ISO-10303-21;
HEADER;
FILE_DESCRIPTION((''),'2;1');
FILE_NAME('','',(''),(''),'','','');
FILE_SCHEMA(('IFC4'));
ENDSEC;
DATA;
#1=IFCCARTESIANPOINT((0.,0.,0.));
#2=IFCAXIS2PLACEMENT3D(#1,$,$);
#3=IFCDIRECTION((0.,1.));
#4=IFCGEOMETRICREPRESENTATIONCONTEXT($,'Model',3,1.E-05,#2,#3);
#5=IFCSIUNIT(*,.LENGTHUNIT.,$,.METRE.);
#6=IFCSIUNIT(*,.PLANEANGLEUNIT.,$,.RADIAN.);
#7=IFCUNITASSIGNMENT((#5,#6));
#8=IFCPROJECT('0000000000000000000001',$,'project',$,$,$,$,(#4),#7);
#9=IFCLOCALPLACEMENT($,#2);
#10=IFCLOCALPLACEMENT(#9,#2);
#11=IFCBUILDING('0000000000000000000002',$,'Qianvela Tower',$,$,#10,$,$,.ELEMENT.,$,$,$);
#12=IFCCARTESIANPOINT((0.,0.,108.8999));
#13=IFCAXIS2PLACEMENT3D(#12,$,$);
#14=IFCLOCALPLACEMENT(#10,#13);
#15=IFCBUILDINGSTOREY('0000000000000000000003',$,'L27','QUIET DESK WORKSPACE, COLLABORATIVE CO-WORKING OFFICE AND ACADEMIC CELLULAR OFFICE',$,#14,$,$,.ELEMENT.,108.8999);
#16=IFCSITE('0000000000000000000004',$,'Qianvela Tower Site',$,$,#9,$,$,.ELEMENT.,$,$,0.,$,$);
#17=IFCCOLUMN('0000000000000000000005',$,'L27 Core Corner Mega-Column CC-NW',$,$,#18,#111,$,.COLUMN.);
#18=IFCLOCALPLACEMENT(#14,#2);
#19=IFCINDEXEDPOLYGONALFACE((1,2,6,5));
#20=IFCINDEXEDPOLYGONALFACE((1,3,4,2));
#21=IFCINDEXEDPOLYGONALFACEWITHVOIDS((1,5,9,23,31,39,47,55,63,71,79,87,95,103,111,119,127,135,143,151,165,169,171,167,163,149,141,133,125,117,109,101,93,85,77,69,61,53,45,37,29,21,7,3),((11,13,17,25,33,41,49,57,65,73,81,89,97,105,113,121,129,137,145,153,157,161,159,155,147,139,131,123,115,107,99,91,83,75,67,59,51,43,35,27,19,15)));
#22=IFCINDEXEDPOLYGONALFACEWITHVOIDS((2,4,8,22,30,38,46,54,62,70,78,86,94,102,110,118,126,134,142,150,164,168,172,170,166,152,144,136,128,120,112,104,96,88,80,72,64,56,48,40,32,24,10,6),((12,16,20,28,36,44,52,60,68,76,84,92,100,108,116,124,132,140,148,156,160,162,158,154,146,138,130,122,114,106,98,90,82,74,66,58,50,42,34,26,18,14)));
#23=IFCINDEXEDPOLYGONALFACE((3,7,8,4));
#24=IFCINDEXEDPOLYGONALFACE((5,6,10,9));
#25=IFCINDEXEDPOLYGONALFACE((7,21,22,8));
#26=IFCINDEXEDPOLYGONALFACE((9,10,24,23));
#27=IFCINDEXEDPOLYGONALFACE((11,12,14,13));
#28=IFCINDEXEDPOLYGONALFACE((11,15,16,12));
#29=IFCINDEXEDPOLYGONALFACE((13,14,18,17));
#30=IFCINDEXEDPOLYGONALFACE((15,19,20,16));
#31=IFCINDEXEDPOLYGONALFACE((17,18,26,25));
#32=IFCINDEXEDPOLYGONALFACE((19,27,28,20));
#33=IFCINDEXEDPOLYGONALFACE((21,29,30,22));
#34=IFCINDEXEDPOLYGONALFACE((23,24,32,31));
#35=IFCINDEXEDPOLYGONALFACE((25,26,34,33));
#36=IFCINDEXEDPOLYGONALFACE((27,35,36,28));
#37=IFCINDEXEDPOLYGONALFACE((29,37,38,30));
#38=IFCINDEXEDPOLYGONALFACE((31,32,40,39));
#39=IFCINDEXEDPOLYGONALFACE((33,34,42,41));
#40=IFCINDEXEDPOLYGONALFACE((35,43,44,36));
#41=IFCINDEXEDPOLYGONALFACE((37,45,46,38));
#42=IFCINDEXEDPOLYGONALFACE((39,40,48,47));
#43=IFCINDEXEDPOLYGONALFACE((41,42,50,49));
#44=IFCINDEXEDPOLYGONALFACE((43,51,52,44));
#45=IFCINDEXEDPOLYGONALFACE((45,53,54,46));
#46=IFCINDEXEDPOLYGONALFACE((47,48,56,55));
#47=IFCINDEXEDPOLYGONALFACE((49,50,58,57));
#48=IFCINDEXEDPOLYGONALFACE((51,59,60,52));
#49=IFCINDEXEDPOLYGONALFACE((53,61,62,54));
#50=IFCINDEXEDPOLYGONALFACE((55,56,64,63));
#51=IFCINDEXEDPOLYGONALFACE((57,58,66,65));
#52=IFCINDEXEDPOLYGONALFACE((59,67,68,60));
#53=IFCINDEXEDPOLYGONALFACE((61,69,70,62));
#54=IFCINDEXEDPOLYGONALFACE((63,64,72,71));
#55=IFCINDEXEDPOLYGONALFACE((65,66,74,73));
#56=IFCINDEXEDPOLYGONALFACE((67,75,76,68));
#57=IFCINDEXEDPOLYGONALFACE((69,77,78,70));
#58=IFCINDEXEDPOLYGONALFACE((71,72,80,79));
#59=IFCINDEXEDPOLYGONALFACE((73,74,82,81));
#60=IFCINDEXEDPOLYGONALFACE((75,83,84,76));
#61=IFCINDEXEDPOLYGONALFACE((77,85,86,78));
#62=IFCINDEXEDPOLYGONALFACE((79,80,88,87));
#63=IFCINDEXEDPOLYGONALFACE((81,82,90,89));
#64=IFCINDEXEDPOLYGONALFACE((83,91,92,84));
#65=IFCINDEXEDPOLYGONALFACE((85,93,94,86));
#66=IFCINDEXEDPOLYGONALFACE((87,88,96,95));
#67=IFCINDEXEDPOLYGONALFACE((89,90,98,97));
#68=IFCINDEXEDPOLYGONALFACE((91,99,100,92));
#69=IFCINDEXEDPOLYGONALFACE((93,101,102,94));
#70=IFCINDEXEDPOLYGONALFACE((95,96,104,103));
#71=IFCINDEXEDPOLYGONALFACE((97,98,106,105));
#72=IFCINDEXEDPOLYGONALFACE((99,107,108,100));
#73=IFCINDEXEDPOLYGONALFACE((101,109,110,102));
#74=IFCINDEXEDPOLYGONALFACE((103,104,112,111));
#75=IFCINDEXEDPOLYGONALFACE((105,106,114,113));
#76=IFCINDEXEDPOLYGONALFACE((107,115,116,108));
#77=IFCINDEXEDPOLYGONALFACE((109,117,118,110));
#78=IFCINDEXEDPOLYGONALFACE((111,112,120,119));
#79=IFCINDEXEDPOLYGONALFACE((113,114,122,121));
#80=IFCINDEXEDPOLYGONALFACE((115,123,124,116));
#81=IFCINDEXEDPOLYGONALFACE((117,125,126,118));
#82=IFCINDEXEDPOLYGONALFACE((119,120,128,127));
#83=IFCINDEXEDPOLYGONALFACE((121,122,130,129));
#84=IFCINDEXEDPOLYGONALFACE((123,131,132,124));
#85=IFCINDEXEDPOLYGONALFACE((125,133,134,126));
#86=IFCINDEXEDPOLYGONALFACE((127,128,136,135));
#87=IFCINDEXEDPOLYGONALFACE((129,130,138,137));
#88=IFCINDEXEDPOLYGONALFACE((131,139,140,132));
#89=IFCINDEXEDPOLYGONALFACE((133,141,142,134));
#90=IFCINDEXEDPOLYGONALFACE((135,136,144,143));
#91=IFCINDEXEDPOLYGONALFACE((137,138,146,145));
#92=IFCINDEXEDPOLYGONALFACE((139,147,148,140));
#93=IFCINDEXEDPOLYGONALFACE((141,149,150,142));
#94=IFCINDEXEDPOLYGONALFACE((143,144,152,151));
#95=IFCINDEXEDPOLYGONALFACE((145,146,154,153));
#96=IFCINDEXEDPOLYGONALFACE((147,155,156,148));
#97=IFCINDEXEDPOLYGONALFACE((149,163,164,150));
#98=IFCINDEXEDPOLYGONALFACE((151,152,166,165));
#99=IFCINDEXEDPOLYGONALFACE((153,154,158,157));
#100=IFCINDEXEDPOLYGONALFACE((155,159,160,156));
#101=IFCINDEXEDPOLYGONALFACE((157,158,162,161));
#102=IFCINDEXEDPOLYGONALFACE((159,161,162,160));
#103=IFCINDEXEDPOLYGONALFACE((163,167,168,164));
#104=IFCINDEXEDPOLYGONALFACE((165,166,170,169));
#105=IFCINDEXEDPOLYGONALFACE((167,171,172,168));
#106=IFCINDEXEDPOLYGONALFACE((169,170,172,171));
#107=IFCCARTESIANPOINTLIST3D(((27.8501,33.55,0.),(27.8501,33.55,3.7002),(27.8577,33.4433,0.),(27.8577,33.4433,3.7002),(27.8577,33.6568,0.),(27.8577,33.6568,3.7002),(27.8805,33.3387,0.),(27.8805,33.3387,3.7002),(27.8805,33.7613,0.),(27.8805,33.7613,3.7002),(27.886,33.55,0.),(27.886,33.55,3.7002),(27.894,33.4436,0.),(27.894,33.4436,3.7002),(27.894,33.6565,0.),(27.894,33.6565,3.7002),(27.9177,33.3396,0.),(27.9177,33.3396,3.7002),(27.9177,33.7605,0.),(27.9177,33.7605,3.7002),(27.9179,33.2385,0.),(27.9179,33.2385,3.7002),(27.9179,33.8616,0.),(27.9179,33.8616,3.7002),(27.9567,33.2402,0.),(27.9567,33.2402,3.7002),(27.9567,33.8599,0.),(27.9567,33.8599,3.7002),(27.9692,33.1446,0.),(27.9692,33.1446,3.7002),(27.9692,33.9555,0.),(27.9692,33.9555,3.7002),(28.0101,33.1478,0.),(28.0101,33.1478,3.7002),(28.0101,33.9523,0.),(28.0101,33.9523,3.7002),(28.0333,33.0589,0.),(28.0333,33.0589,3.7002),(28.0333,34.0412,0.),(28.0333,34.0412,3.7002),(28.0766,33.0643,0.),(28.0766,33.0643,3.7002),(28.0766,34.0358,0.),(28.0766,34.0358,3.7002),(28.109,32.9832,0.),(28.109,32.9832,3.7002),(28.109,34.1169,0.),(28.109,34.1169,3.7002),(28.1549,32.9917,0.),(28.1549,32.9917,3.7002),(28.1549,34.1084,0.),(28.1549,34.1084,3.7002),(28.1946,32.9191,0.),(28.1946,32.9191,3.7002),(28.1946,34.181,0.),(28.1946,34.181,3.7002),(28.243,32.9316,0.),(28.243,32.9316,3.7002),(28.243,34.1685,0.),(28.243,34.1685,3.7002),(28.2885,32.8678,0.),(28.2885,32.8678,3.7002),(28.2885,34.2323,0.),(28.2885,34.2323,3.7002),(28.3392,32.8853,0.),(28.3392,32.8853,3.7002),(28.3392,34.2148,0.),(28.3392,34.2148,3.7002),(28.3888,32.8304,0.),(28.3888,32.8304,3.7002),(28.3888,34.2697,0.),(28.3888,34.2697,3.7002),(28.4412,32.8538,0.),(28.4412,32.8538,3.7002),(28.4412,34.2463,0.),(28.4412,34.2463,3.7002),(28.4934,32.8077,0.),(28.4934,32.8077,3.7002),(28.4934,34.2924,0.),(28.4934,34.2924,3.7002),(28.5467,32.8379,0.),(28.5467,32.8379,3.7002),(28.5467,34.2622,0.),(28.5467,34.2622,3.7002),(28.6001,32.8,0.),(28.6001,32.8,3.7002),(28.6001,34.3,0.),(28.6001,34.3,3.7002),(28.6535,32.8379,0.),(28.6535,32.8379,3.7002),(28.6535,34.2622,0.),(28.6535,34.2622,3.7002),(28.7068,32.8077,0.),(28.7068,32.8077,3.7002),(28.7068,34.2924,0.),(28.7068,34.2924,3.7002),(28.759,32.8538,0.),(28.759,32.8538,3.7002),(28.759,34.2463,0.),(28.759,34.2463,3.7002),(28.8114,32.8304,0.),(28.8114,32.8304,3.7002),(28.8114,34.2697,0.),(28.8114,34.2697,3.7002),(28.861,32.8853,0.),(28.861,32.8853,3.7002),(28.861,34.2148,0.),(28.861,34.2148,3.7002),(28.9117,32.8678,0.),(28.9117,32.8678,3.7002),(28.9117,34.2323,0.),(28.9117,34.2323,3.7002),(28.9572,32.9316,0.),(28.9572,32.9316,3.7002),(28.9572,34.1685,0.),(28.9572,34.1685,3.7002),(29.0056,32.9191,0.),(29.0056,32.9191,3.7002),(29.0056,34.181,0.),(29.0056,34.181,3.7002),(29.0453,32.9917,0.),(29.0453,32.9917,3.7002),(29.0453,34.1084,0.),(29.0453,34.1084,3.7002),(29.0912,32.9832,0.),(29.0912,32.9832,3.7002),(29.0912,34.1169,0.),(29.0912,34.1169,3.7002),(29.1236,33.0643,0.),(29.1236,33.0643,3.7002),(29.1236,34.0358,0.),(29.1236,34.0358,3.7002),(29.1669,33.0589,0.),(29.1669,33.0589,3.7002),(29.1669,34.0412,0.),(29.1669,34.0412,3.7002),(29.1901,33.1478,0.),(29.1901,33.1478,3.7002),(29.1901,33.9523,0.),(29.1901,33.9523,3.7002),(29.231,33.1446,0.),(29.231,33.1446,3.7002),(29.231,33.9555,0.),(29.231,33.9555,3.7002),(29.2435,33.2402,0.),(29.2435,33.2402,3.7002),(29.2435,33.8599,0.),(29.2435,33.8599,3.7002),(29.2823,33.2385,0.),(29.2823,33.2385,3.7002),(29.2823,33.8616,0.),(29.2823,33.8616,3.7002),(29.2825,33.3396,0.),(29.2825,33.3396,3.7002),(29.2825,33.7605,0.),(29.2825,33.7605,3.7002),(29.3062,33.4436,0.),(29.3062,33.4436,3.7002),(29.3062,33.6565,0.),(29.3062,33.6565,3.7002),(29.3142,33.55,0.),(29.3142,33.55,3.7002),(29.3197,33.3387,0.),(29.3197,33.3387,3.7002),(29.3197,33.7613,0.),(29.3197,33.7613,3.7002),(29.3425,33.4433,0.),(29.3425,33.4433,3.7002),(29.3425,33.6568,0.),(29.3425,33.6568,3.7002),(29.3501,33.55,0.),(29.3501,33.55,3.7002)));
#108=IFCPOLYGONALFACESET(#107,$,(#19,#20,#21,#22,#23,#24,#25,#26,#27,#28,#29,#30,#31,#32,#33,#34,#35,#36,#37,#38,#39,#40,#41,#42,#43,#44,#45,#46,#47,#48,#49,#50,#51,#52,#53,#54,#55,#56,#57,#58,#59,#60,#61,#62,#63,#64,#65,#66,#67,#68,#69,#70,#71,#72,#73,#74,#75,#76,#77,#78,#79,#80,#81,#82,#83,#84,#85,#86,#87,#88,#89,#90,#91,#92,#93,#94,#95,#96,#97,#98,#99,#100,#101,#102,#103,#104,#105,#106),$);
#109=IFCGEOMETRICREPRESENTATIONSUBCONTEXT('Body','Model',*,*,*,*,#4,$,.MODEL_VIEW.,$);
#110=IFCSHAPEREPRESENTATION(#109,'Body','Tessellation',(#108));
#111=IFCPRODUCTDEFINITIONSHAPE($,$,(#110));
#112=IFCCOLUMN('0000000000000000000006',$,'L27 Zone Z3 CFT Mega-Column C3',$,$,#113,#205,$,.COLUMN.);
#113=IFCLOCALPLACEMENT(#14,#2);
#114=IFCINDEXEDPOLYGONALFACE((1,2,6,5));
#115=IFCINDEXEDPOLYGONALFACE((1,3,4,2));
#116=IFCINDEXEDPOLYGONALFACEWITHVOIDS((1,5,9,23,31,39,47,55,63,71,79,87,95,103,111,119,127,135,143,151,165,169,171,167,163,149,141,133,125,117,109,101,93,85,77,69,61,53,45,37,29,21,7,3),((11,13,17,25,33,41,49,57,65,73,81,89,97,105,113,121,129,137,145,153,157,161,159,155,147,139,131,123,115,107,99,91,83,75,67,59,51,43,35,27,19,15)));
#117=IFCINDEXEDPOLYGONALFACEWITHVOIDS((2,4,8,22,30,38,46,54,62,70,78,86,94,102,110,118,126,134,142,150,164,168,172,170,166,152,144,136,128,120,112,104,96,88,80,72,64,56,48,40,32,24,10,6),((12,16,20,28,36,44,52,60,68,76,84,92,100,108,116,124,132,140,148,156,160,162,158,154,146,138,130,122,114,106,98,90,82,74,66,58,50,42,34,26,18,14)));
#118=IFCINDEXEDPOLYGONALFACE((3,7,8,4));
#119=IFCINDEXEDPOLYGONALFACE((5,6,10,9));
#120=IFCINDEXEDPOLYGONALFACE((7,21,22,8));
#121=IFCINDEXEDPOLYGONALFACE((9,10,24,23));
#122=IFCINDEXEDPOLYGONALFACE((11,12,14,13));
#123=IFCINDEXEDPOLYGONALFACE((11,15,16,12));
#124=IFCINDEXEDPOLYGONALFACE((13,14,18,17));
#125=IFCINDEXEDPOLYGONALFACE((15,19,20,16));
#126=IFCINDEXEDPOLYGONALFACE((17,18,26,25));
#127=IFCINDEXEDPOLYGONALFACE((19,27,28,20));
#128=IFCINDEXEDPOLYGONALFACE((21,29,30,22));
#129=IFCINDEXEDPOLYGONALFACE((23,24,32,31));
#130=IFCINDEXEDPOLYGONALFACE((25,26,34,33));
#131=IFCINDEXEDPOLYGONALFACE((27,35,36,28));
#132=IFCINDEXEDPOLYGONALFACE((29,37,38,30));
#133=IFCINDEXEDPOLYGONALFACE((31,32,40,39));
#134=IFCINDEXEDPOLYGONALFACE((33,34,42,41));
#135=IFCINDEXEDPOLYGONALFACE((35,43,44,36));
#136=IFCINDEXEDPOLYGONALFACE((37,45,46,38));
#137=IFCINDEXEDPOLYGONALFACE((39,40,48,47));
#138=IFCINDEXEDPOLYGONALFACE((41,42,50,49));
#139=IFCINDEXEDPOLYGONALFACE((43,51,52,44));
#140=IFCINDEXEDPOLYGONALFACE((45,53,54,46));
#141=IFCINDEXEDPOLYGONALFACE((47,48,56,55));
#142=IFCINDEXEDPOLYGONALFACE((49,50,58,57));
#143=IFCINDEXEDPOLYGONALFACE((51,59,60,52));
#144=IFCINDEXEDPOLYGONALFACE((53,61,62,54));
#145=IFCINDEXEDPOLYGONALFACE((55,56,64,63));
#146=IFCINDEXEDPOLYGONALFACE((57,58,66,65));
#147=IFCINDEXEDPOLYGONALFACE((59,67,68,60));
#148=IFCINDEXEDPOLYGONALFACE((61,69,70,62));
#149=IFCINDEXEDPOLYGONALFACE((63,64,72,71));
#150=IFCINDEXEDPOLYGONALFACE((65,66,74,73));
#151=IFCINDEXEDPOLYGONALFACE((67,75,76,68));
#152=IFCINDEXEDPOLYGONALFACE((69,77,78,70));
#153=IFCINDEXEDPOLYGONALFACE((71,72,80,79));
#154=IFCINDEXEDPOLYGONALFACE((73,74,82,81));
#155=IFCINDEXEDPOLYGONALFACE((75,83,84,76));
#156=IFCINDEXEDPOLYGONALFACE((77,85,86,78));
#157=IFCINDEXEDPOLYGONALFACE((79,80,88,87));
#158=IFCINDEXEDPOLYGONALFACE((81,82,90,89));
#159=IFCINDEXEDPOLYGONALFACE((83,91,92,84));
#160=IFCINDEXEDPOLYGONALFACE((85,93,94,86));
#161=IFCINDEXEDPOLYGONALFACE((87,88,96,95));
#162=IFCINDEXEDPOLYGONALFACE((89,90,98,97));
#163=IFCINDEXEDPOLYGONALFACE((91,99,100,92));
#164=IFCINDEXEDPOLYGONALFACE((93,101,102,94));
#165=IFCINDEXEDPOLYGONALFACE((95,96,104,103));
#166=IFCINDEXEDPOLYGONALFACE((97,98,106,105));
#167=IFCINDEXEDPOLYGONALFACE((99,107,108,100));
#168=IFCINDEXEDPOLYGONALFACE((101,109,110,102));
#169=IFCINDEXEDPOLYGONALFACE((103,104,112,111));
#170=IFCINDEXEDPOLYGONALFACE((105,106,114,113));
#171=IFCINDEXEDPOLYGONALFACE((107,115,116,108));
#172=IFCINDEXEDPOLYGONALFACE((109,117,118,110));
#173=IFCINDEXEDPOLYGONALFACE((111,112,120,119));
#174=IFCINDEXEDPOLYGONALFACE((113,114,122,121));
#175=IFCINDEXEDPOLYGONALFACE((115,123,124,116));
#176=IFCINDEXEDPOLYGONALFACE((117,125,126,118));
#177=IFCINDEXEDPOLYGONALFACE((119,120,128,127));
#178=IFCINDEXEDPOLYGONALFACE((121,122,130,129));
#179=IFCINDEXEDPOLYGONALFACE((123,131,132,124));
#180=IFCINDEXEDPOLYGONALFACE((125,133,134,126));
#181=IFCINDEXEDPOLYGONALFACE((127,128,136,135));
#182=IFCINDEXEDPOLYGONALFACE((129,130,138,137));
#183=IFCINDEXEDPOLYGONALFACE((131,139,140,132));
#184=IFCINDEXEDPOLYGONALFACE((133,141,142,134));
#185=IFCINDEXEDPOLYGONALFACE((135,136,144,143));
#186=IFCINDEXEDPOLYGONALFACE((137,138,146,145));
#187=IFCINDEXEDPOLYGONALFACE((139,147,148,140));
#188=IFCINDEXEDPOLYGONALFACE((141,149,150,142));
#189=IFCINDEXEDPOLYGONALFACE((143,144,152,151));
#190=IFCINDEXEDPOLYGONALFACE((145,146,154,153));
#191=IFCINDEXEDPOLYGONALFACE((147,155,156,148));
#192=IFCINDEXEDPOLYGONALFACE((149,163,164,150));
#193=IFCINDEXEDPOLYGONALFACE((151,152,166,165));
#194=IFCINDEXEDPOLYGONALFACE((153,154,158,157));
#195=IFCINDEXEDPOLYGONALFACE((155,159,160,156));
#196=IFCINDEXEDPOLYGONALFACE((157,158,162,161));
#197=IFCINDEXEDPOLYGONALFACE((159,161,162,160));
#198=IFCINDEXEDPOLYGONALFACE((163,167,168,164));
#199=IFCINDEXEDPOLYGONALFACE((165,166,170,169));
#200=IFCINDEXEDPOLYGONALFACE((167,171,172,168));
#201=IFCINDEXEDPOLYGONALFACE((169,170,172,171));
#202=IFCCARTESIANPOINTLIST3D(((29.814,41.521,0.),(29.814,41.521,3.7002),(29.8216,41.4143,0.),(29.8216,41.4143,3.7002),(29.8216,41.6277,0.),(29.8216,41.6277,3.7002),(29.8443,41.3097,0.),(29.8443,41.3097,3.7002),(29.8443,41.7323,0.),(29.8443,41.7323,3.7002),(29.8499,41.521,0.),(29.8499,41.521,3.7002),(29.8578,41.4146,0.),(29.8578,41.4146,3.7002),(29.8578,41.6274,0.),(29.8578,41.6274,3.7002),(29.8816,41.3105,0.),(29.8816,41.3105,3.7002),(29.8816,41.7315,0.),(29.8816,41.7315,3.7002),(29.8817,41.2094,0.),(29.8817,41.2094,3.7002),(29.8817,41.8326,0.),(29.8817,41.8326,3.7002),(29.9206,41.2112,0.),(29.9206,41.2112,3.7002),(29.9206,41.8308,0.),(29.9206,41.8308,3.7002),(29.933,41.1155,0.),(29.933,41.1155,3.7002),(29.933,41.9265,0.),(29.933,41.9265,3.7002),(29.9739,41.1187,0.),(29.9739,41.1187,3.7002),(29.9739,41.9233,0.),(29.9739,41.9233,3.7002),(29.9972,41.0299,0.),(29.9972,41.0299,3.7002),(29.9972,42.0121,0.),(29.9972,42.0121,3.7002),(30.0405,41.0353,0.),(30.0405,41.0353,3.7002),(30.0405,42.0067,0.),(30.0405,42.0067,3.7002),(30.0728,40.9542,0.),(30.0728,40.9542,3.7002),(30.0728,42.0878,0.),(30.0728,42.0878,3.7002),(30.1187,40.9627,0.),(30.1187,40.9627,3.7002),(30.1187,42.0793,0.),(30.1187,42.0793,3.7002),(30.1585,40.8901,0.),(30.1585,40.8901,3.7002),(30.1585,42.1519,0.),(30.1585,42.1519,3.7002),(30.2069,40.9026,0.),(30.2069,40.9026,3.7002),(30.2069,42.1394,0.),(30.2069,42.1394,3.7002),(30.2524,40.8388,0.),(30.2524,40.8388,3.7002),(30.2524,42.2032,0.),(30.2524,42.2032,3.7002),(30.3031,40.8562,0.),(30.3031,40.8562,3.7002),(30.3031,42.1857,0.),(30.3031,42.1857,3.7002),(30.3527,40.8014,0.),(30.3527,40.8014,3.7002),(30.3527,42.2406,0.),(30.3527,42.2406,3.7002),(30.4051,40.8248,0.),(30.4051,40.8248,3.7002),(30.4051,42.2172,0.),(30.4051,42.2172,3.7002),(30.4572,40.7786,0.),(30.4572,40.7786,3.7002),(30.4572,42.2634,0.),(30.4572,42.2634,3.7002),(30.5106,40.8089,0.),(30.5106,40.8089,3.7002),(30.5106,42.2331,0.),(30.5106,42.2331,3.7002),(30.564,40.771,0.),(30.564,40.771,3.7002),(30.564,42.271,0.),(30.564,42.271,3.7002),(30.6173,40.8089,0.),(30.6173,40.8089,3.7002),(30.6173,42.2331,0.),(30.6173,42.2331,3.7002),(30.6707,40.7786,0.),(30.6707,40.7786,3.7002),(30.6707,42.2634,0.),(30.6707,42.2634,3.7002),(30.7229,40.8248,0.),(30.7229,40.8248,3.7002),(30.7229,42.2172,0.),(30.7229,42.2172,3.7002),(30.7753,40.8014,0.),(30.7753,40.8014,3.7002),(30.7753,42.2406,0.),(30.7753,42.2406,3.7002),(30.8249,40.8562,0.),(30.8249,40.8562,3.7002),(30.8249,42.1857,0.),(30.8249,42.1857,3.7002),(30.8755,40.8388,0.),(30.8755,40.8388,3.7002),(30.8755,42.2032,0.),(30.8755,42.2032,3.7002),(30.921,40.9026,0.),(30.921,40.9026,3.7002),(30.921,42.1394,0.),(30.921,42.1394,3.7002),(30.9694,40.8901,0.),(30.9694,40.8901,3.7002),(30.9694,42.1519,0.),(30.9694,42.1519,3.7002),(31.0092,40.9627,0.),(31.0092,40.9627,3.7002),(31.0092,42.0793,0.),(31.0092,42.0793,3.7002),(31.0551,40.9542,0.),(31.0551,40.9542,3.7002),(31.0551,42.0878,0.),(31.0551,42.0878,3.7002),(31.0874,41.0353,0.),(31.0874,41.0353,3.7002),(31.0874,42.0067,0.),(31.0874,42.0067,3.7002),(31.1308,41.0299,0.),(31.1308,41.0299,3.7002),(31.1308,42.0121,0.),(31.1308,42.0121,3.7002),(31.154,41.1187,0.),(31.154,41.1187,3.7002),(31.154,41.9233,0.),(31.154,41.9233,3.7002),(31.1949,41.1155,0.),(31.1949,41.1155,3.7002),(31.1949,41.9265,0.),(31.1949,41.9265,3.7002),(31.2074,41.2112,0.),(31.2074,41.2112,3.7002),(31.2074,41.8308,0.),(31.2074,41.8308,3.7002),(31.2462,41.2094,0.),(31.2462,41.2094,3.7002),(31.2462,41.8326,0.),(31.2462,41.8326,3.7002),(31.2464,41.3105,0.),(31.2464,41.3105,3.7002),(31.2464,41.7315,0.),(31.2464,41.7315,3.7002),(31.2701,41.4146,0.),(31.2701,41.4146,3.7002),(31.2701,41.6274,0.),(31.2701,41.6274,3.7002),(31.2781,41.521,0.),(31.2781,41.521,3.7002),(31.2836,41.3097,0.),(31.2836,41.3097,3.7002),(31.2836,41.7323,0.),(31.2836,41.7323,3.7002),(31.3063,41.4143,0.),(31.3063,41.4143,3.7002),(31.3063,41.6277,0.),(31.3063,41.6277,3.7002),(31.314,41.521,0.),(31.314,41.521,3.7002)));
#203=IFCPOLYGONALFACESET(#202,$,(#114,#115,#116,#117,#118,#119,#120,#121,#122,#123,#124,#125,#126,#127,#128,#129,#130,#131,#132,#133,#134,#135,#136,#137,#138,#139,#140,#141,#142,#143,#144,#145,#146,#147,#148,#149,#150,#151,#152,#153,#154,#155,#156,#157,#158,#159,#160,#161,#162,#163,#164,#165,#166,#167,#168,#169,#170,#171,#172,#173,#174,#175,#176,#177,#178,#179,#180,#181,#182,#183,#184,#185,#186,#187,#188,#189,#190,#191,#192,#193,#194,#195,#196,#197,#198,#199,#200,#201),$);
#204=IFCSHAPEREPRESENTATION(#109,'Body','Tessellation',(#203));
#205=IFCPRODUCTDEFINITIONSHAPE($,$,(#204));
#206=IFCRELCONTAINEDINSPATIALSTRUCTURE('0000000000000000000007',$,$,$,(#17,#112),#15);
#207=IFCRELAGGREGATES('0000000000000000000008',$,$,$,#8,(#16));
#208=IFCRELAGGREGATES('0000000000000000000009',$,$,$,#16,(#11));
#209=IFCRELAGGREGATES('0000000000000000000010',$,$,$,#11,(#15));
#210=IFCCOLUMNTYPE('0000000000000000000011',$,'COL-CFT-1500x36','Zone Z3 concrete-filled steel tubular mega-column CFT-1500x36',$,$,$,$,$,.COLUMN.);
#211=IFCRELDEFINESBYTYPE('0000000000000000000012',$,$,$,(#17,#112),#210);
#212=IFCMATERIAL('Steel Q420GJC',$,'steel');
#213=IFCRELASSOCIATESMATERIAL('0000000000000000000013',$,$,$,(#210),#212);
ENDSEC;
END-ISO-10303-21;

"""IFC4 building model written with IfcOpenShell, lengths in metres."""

from ifc_helpers import new_model, si_unit, direction, frame, origin, origin_2d, place, context, subcontext, project, spatial, hollow_circle, extrude, material, material_profile, profile_set, type_object, element, save


model = new_model("IFC4")

# Units and contexts
model_context = context("Model", 3, precision=1e-05, world=origin(), true_north=direction((0.0, 1.0)))
body_context = subcontext(model_context, "Body", "Model", "MODEL_VIEW")
ifc_project = project(units=[si_unit("LENGTHUNIT", "METRE"), si_unit("PLANEANGLEUNIT", "RADIAN")], contexts=[model_context])

# Site, building, storey
site_placement = place(None, origin())
site = spatial("IfcSite", under=ifc_project, at=site_placement, Name="Qianvela Tower Site", CompositionType="ELEMENT", RefElevation=0.0)
building_placement = place(site_placement, origin())
building = spatial("IfcBuilding", under=site, at=building_placement, Name="Qianvela Tower", CompositionType="ELEMENT")
storey_placement = place(building_placement, frame((0.0, 0.0, 108.8999)))
storey = spatial("IfcBuildingStorey", under=building, at=storey_placement, Name="L27", Description="QUIET DESK WORKSPACE, COLLABORATIVE CO-WORKING OFFICE AND ACADEMIC CELLULAR OFFICE", CompositionType="ELEMENT", Elevation=108.8999)

# Columns
ifc_material_1 = material(Name="Steel Q420GJC", Category="steel")
ifc_material_profile_1 = material_profile(ifc_material_1, hollow_circle(Radius=0.75, WallThickness=0.0359, at=origin_2d()), Name="CFT-1500x36")
ifc_profile_set_1 = profile_set([ifc_material_profile_1], Name="Steel Q420GJC")
column_type = type_object("IfcColumnType", Name="COL-CFT-1500x36", Description="Zone Z3 concrete-filled steel tubular mega-column CFT-1500x36", PredefinedType="COLUMN", material=ifc_profile_set_1)
for number, where, z_axis, x_axis, name in (
    (1, (28.6001, 33.55, 0.0), (0.0, 0.0, 1.0), (1.0, 0.0, 0.0), "L27 Core Corner Mega-Column CC-NW"),
    (2, (30.564, 41.521, 0.0), (0.0, 0.0, 1.0), (1.0, 0.0, 0.0), "L27 Zone Z3 CFT Mega-Column C3"),
):
    element("IfcColumn", number, at=place(storey_placement, frame(where, z_axis=z_axis, x_axis=x_axis)), inside=storey, type_object=column_type, Name=name, PredefinedType="COLUMN", context=body_context, shape_type="SweptSolid", body=[
        extrude(hollow_circle(Radius=0.75, WallThickness=0.0359, at=origin_2d()), origin(), (0.0, 0.0, 1.0), 3.7002),
    ])

save(model, "model.ifc")
